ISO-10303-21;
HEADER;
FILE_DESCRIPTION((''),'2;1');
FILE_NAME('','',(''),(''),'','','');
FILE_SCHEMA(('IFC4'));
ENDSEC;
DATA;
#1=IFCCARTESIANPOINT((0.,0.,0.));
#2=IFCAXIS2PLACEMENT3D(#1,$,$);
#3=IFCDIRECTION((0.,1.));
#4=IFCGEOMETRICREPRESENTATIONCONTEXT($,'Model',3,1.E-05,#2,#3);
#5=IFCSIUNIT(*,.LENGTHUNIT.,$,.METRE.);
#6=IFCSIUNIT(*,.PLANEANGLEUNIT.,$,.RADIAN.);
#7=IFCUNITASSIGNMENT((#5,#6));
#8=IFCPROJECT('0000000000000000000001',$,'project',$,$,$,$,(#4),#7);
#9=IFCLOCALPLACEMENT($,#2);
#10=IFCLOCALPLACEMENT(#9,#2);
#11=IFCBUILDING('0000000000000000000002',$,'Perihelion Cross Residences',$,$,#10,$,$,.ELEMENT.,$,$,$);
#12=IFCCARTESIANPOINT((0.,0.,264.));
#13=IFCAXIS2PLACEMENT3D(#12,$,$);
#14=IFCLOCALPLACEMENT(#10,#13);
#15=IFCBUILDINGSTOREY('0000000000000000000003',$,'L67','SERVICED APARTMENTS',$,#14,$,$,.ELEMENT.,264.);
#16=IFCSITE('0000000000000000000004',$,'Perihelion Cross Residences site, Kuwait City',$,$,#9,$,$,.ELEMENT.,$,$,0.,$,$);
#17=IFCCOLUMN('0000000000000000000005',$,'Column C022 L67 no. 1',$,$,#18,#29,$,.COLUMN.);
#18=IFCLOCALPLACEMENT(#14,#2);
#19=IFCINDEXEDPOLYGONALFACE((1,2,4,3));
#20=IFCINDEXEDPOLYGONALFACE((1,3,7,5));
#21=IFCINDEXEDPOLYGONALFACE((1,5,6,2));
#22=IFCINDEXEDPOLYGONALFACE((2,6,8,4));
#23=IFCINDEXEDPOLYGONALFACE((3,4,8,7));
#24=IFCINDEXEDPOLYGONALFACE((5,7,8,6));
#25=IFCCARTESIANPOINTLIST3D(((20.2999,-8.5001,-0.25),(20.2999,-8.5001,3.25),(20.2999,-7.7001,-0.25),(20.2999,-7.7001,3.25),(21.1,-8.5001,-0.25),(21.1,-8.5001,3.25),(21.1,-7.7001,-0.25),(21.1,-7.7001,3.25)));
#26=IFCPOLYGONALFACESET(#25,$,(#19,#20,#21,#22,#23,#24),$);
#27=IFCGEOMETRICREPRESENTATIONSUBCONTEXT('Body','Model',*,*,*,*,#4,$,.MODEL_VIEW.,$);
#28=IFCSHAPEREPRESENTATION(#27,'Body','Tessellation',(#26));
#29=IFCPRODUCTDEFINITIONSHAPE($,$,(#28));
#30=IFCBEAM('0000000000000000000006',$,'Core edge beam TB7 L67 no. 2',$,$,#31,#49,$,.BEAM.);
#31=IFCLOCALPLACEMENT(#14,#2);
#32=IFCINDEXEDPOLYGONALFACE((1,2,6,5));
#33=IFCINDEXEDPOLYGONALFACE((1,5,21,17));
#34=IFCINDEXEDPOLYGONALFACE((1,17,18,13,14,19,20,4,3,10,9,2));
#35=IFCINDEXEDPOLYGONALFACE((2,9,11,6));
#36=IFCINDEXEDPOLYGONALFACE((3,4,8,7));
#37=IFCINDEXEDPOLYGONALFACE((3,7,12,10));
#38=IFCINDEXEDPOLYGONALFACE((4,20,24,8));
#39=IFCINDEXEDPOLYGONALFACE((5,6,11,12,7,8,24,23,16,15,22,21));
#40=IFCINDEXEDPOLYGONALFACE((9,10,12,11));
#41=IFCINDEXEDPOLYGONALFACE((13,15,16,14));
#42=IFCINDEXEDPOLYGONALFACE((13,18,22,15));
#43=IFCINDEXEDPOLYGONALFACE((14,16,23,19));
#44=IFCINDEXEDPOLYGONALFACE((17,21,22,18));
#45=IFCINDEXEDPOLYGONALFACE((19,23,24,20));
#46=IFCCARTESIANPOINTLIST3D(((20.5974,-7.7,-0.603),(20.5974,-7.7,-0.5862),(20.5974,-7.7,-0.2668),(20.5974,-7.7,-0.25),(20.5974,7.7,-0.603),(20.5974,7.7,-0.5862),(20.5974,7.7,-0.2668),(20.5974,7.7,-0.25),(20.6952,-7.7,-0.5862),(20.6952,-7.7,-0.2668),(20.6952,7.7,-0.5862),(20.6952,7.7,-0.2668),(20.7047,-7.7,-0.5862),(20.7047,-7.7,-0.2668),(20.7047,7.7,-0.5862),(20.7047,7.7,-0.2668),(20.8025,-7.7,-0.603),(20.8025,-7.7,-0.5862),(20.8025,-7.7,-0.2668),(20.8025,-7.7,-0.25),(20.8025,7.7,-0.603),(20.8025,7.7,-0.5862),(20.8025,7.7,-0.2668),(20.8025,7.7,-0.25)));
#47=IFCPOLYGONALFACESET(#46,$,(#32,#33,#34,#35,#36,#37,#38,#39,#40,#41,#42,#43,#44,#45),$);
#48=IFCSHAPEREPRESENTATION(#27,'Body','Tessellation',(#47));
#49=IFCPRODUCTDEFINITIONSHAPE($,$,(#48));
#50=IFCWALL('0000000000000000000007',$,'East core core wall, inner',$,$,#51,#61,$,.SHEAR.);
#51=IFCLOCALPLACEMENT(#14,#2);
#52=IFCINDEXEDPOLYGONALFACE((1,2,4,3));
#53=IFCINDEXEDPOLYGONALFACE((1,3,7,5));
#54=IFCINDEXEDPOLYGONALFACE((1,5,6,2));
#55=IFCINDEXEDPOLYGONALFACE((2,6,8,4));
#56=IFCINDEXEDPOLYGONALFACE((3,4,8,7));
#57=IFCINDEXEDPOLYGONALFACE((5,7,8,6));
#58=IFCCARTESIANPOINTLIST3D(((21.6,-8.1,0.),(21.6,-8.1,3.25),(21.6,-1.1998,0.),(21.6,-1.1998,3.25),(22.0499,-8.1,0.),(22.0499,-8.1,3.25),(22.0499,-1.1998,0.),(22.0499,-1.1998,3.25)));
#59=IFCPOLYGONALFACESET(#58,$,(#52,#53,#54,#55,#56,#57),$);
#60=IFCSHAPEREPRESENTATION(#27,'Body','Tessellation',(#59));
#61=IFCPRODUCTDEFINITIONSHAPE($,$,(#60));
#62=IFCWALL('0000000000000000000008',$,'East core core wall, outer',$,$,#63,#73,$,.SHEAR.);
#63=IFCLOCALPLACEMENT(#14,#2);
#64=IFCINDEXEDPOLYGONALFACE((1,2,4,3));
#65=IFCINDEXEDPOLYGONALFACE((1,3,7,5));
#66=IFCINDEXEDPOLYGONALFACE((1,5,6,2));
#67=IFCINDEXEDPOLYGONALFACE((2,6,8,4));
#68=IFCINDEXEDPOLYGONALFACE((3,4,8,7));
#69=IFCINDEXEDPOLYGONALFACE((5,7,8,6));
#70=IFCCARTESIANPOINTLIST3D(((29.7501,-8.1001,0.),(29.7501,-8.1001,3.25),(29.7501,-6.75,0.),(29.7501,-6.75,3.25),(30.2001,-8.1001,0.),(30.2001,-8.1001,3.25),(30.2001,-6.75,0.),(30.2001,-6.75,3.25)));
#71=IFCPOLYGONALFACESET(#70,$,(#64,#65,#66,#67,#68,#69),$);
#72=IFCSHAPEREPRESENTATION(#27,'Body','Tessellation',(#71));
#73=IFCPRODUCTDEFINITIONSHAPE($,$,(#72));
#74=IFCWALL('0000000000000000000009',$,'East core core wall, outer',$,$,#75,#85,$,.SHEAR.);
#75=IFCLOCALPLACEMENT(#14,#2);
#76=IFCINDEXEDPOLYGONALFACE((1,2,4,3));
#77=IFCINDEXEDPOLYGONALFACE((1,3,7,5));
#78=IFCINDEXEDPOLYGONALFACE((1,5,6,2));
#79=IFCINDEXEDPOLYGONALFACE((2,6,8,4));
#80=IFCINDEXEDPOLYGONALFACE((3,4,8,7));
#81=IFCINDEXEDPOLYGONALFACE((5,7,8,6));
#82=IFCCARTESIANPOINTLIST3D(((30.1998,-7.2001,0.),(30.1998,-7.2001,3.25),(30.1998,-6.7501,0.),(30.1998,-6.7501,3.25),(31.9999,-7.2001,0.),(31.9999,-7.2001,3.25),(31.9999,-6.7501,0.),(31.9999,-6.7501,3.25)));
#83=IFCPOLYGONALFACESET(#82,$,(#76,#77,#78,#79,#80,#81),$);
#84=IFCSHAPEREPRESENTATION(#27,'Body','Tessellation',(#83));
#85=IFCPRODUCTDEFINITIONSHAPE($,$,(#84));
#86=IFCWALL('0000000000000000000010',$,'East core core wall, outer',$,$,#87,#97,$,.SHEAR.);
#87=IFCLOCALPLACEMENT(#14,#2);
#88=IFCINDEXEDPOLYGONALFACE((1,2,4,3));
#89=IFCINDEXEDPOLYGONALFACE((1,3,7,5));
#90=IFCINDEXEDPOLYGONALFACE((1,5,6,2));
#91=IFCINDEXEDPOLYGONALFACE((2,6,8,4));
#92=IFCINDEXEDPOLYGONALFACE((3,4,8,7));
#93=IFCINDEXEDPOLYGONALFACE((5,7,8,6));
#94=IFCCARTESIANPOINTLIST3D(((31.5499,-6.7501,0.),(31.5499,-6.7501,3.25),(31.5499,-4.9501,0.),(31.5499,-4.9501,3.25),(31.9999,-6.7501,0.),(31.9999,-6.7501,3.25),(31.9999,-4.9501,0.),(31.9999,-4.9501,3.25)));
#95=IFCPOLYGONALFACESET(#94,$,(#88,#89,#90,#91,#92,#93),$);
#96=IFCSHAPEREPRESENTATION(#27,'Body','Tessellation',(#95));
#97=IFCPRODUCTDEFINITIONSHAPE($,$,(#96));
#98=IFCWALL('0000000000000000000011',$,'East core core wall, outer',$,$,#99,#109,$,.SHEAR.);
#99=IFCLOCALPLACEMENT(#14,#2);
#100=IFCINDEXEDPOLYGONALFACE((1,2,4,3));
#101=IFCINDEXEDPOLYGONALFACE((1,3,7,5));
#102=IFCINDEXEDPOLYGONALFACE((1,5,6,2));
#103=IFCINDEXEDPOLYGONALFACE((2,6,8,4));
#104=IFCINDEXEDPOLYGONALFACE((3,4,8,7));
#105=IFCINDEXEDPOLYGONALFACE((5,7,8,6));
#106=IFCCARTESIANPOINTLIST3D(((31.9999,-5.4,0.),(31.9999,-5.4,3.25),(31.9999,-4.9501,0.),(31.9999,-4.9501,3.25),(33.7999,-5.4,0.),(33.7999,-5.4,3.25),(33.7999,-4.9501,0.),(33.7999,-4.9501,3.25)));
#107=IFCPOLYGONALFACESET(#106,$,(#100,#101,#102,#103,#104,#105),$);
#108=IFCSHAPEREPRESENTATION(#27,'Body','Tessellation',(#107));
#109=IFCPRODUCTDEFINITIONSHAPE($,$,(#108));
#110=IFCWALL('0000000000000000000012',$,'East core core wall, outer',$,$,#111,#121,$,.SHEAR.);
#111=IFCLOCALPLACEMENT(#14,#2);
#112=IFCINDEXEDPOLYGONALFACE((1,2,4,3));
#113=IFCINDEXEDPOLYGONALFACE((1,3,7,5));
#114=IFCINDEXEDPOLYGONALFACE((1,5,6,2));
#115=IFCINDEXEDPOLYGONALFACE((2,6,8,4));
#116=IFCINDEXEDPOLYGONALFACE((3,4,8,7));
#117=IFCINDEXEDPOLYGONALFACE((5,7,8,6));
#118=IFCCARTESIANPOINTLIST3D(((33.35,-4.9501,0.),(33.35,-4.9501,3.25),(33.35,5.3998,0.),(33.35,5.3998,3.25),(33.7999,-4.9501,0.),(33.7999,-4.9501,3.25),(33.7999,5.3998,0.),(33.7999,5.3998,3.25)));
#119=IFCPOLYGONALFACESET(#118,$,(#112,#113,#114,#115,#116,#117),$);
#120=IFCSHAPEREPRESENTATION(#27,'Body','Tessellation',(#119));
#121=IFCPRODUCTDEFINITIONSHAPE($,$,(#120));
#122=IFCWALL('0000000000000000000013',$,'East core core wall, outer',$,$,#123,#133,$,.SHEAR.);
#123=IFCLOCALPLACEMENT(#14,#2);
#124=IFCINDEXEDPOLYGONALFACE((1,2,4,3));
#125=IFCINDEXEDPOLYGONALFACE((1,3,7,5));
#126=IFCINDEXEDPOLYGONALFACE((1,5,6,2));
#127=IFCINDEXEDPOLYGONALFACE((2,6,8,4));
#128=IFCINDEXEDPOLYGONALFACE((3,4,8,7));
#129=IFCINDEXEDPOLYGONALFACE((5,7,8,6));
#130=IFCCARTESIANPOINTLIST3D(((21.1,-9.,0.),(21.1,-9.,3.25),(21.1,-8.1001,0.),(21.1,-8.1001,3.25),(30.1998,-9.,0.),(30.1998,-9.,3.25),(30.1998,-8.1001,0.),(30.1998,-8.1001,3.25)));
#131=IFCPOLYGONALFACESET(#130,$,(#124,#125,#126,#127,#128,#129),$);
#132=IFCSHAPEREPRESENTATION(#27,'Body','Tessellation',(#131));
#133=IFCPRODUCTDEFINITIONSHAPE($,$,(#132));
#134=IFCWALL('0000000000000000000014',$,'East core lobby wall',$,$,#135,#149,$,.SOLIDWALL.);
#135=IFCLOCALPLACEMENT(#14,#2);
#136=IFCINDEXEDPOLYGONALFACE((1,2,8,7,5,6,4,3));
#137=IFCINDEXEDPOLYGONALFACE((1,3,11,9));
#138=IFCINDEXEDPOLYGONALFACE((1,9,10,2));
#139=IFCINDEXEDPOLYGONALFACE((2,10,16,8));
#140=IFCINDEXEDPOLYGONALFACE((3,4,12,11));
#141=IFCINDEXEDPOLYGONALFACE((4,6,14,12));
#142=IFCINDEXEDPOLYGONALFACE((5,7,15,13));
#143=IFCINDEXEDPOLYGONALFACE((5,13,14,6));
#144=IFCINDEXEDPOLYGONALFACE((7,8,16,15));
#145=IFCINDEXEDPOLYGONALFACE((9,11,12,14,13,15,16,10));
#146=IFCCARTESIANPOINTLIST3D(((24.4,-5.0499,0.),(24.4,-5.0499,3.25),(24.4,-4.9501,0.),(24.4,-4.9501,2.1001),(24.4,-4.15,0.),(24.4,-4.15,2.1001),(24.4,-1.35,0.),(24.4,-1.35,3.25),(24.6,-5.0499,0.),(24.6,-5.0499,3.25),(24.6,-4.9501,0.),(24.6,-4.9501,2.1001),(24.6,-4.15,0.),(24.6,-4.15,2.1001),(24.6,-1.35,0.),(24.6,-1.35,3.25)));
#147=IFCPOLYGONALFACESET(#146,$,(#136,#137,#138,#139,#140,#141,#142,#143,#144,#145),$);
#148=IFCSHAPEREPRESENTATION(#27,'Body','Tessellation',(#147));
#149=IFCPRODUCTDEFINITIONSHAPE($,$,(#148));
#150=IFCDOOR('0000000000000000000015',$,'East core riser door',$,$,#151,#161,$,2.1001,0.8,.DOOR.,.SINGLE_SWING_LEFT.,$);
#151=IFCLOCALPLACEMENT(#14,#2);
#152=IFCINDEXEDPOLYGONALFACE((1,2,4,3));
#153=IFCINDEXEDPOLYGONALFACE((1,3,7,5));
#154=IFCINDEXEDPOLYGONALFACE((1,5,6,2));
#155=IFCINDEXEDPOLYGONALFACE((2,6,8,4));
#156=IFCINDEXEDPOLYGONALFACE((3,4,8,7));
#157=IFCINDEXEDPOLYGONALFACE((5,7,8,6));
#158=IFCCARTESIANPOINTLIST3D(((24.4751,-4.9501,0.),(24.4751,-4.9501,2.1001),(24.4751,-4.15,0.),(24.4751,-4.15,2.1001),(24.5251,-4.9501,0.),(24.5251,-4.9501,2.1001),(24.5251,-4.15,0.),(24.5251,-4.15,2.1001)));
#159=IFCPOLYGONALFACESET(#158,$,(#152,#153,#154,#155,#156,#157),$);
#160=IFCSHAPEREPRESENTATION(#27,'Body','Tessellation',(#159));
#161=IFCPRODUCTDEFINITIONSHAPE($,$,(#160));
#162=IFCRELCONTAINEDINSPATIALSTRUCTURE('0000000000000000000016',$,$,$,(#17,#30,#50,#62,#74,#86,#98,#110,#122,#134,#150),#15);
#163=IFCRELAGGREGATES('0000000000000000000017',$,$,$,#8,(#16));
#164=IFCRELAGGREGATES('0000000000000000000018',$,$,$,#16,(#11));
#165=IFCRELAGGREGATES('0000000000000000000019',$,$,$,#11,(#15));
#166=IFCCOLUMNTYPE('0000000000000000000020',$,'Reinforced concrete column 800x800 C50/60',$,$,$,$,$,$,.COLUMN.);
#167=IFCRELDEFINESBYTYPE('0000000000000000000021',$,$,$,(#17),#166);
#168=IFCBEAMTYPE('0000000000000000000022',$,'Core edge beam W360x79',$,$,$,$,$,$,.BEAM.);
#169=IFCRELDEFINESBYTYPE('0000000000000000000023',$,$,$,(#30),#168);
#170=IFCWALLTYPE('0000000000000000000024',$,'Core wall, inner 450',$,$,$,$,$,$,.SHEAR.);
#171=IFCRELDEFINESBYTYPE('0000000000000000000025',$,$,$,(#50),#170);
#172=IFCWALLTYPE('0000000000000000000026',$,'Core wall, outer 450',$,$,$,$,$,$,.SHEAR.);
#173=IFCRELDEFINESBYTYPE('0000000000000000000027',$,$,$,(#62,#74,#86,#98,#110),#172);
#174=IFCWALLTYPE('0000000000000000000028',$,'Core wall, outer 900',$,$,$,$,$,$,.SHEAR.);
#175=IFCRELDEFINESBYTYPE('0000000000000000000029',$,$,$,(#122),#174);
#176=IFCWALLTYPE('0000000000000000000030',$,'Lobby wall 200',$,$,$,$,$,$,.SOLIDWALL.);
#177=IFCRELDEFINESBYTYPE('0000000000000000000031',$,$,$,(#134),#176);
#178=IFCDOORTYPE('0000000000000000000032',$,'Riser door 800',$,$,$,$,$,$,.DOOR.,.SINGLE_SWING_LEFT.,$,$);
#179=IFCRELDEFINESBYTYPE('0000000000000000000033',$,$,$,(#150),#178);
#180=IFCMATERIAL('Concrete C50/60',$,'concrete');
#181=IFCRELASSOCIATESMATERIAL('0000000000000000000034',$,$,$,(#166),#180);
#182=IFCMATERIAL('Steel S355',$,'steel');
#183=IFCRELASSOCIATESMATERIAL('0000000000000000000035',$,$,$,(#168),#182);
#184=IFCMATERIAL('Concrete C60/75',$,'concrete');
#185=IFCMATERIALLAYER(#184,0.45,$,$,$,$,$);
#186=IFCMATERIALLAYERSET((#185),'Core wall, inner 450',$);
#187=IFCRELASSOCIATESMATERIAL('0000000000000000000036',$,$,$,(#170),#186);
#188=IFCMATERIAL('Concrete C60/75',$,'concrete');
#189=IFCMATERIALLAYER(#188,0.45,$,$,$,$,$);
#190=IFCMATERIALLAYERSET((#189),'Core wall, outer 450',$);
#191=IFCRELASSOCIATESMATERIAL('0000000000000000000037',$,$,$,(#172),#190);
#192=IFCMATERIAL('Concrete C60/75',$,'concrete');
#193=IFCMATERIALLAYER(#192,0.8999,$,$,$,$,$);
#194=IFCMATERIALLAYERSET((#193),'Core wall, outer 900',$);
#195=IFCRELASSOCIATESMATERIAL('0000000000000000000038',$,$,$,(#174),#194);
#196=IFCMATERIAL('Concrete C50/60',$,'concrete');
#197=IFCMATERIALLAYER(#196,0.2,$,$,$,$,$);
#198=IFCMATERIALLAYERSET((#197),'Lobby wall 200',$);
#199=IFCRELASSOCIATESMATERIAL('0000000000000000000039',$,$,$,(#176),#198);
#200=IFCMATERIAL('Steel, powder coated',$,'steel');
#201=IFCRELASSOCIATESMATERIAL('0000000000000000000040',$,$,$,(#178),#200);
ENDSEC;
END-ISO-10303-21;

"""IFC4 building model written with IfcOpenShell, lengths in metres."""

from ifc_helpers import new_model, si_unit, direction, frame, frame_2d, origin, origin_2d, place, context, subcontext, project, spatial, rectangle, i_section, extrude, material, layer, layer_set, material_profile, profile_set, type_object, element, fill, save


model = new_model("IFC4")

# Units and contexts
model_context = context("Model", 3, precision=1e-05, world=origin(), true_north=direction((0.0, 1.0)))
body_context = subcontext(model_context, "Body", "Model", "MODEL_VIEW")
ifc_project = project(units=[si_unit("LENGTHUNIT", "METRE"), si_unit("PLANEANGLEUNIT", "RADIAN")], contexts=[model_context])

# Site, building, storey
site_placement = place(None, origin())
site = spatial("IfcSite", under=ifc_project, at=site_placement, Name="Perihelion Cross Residences site, Kuwait City", CompositionType="ELEMENT", RefElevation=0.0)
building_placement = place(site_placement, origin())
building = spatial("IfcBuilding", under=site, at=building_placement, Name="Perihelion Cross Residences", CompositionType="ELEMENT")
storey_placement = place(building_placement, frame((0.0, 0.0, 264.0)))
storey = spatial("IfcBuildingStorey", under=building, at=storey_placement, Name="L67", Description="SERVICED APARTMENTS", CompositionType="ELEMENT", Elevation=264.0)

# Column
ifc_material_1 = material(Name="Concrete C50/60", Category="concrete")
ifc_material_profile_1 = material_profile(ifc_material_1, rectangle(XDim=0.8, YDim=0.8, at=origin_2d()), Name="RC 800x800")
ifc_profile_set_1 = profile_set([ifc_material_profile_1], Name="Concrete C50/60")
column_type = type_object("IfcColumnType", Name="Reinforced concrete column 800x800 C50/60", PredefinedType="COLUMN", material=ifc_profile_set_1)
column_placement = place(storey_placement, frame((20.7, -8.1001, -0.25), z_axis=(0.0, 0.0, 1.0), x_axis=(1.0, 0.0, 0.0)))
element("IfcColumn", 1, at=column_placement, inside=storey, type_object=column_type, Name="Column C022 L67 no. 1", PredefinedType="COLUMN", context=body_context, shape_type="SweptSolid", body=[
    extrude(rectangle(XDim=0.8, YDim=0.8, at=origin_2d()), origin(), (0.0, 0.0, 1.0), 3.5),
])

# Beam
ifc_material_2 = material(Name="Steel S355", Category="steel")
ifc_material_profile_2 = material_profile(ifc_material_2, i_section(OverallWidth=0.2051, OverallDepth=0.353, WebThickness=0.0095, FlangeThickness=0.0168, at=origin_2d()), Name="W360x79")
ifc_profile_set_2 = profile_set([ifc_material_profile_2], Name="Steel S355")
beam_type = type_object("IfcBeamType", Name="Core edge beam W360x79", PredefinedType="BEAM", material=ifc_profile_set_2)
beam_placement = place(storey_placement, frame((20.7, -7.7, -0.4265), z_axis=(0.0, 1.0, 0.0), x_axis=(-1.0, 0.0, 0.0)))
element("IfcBeam", 2, at=beam_placement, inside=storey, type_object=beam_type, Name="Core edge beam TB7 L67 no. 2", PredefinedType="BEAM", context=body_context, shape_type="SweptSolid", body=[
    extrude(i_section(OverallWidth=0.2051, OverallDepth=0.353, WebThickness=0.0095, FlangeThickness=0.0168, at=origin_2d()), origin(), (0.0, 0.0, 1.0), 15.3999),
])

# Walls
ifc_material_3 = material(Name="Concrete C60/75", Category="concrete")
ifc_layer_1 = layer(ifc_material_3, 0.45)
ifc_layer_set_1 = layer_set([ifc_layer_1], Name="Core wall, inner 450")
wall_type_1 = type_object("IfcWallType", Name="Core wall, inner 450", PredefinedType="SHEAR", material=ifc_layer_set_1)
wall_1_placement = place(storey_placement, frame((21.825, -8.1001, 0.0), z_axis=(0.0, 0.0, 1.0), x_axis=(0.0, 1.0, 0.0)))
element("IfcWall", 3, at=wall_1_placement, inside=storey, type_object=wall_type_1, Name="East core core wall, inner", PredefinedType="SHEAR", context=body_context, shape_type="SweptSolid", body=[
    extrude(rectangle(XDim=6.9001, YDim=0.45, at=frame_2d((3.4502, 0.0))), origin(), (0.0, 0.0, 1.0), 3.25),
])
ifc_material_4 = material(Name="Concrete C60/75", Category="concrete")
ifc_layer_2 = layer(ifc_material_4, 0.45)
ifc_layer_set_2 = layer_set([ifc_layer_2], Name="Core wall, outer 450")
wall_type_2 = type_object("IfcWallType", Name="Core wall, outer 450", PredefinedType="SHEAR", material=ifc_layer_set_2)
wall_2_placement = place(storey_placement, frame((29.9751, -8.1001, 0.0), z_axis=(0.0, 0.0, 1.0), x_axis=(0.0, 1.0, 0.0)))
element("IfcWall", 4, at=wall_2_placement, inside=storey, type_object=wall_type_2, Name="East core core wall, outer", PredefinedType="SHEAR", context=body_context, shape_type="SweptSolid", body=[
    extrude(rectangle(XDim=1.3501, YDim=0.45, at=frame_2d((0.675, 0.0))), origin(), (0.0, 0.0, 1.0), 3.25),
])
for number, where, z_axis, x_axis, name in (
    (5, (30.2, -6.9751, 0.0), (0.0, 0.0, 1.0), (1.0, 0.0, 0.0), "East core core wall, outer"),
    (6, (31.7749, -6.75, 0.0), (0.0, 0.0, 1.0), (0.0, 1.0, 0.0), "East core core wall, outer"),
    (7, (32.0, -5.175, 0.0), (0.0, 0.0, 1.0), (1.0, 0.0, 0.0), "East core core wall, outer"),
):
    element("IfcWall", number, at=place(storey_placement, frame(where, z_axis=z_axis, x_axis=x_axis)), inside=storey, type_object=wall_type_2, Name=name, PredefinedType="SHEAR", context=body_context, shape_type="SweptSolid", body=[
        extrude(rectangle(XDim=1.8, YDim=0.45, at=frame_2d((0.8999, 0.0))), origin(), (0.0, 0.0, 1.0), 3.25),
    ])
wall_3_placement = place(storey_placement, frame((33.575, -4.95, 0.0), z_axis=(0.0, 0.0, 1.0), x_axis=(0.0, 1.0, 0.0)))
element("IfcWall", 8, at=wall_3_placement, inside=storey, type_object=wall_type_2, Name="East core core wall, outer", PredefinedType="SHEAR", context=body_context, shape_type="SweptSolid", body=[
    extrude(rectangle(XDim=10.3499, YDim=0.45, at=frame_2d((5.1748, 0.0))), origin(), (0.0, 0.0, 1.0), 3.25),
])
ifc_material_5 = material(Name="Concrete C60/75", Category="concrete")
ifc_layer_3 = layer(ifc_material_5, 0.8999)
ifc_layer_set_3 = layer_set([ifc_layer_3], Name="Core wall, outer 900")
wall_type_3 = type_object("IfcWallType", Name="Core wall, outer 900", PredefinedType="SHEAR", material=ifc_layer_set_3)
wall_4_placement = place(storey_placement, frame((21.1001, -8.55, 0.0), z_axis=(0.0, 0.0, 1.0), x_axis=(1.0, 0.0, 0.0)))
element("IfcWall", 9, at=wall_4_placement, inside=storey, type_object=wall_type_3, Name="East core core wall, outer", PredefinedType="SHEAR", context=body_context, shape_type="SweptSolid", body=[
    extrude(rectangle(XDim=9.0999, YDim=0.8999, at=frame_2d((4.5498, 0.0))), origin(), (0.0, 0.0, 1.0), 3.25),
])

# Wall, opening, door
ifc_material_6 = material(Name="Concrete C50/60", Category="concrete")
ifc_layer_4 = layer(ifc_material_6, 0.2)
ifc_layer_set_4 = layer_set([ifc_layer_4], Name="Lobby wall 200")
wall_type_4 = type_object("IfcWallType", Name="Lobby wall 200", PredefinedType="SOLIDWALL", material=ifc_layer_set_4)
wall_5_placement = place(storey_placement, frame((24.5, -5.05, 0.0), z_axis=(0.0, 0.0, 1.0), x_axis=(0.0, 1.0, 0.0)))
wall_5 = element("IfcWall", 10, at=wall_5_placement, inside=storey, type_object=wall_type_4, Name="East core lobby wall", PredefinedType="SOLIDWALL", context=body_context, shape_type="SweptSolid", body=[
    extrude(rectangle(XDim=3.7, YDim=0.2, at=frame_2d((1.8501, 0.0))), origin(), (0.0, 0.0, 1.0), 3.25),
])
opening_1_placement = place(wall_5_placement, frame((0.1001, 0.0, 0.0)))
opening_1 = element("IfcOpeningElement", 11, at=opening_1_placement, cuts=wall_5, PredefinedType="OPENING", context=body_context, shape_type="SweptSolid", body=[
    extrude(rectangle(XDim=0.8, YDim=2.1001, at=frame_2d((0.3999, 1.05))), frame((0.0, 0.1099, 0.0), z_axis=(0.0, -1.0, 0.0), x_axis=(1.0, 0.0, 0.0)), (0.0, 0.0, 1.0), 0.22),
])
ifc_material_7 = material(Name="Steel, powder coated", Category="steel")
door_type_1 = type_object("IfcDoorType", Name="Riser door 800", OperationType="SINGLE_SWING_LEFT", PredefinedType="DOOR", material=ifc_material_7)
door_1_placement = place(opening_1_placement, origin())
door_1 = element("IfcDoor", 12, at=door_1_placement, inside=storey, type_object=door_type_1, Name="East core riser door", OperationType="SINGLE_SWING_LEFT", OverallHeight=2.1001, OverallWidth=0.8, PredefinedType="DOOR", context=body_context, shape_type="SweptSolid", body=[
    extrude(rectangle(XDim=0.8, YDim=2.1001, at=frame_2d((0.3999, 1.05))), frame((0.0, 0.0249, 0.0), z_axis=(0.0, -1.0, 0.0), x_axis=(1.0, 0.0, 0.0)), (0.0, 0.0, 1.0), 0.05),
])
fill(opening_1, door_1)

save(model, "model.ifc")
